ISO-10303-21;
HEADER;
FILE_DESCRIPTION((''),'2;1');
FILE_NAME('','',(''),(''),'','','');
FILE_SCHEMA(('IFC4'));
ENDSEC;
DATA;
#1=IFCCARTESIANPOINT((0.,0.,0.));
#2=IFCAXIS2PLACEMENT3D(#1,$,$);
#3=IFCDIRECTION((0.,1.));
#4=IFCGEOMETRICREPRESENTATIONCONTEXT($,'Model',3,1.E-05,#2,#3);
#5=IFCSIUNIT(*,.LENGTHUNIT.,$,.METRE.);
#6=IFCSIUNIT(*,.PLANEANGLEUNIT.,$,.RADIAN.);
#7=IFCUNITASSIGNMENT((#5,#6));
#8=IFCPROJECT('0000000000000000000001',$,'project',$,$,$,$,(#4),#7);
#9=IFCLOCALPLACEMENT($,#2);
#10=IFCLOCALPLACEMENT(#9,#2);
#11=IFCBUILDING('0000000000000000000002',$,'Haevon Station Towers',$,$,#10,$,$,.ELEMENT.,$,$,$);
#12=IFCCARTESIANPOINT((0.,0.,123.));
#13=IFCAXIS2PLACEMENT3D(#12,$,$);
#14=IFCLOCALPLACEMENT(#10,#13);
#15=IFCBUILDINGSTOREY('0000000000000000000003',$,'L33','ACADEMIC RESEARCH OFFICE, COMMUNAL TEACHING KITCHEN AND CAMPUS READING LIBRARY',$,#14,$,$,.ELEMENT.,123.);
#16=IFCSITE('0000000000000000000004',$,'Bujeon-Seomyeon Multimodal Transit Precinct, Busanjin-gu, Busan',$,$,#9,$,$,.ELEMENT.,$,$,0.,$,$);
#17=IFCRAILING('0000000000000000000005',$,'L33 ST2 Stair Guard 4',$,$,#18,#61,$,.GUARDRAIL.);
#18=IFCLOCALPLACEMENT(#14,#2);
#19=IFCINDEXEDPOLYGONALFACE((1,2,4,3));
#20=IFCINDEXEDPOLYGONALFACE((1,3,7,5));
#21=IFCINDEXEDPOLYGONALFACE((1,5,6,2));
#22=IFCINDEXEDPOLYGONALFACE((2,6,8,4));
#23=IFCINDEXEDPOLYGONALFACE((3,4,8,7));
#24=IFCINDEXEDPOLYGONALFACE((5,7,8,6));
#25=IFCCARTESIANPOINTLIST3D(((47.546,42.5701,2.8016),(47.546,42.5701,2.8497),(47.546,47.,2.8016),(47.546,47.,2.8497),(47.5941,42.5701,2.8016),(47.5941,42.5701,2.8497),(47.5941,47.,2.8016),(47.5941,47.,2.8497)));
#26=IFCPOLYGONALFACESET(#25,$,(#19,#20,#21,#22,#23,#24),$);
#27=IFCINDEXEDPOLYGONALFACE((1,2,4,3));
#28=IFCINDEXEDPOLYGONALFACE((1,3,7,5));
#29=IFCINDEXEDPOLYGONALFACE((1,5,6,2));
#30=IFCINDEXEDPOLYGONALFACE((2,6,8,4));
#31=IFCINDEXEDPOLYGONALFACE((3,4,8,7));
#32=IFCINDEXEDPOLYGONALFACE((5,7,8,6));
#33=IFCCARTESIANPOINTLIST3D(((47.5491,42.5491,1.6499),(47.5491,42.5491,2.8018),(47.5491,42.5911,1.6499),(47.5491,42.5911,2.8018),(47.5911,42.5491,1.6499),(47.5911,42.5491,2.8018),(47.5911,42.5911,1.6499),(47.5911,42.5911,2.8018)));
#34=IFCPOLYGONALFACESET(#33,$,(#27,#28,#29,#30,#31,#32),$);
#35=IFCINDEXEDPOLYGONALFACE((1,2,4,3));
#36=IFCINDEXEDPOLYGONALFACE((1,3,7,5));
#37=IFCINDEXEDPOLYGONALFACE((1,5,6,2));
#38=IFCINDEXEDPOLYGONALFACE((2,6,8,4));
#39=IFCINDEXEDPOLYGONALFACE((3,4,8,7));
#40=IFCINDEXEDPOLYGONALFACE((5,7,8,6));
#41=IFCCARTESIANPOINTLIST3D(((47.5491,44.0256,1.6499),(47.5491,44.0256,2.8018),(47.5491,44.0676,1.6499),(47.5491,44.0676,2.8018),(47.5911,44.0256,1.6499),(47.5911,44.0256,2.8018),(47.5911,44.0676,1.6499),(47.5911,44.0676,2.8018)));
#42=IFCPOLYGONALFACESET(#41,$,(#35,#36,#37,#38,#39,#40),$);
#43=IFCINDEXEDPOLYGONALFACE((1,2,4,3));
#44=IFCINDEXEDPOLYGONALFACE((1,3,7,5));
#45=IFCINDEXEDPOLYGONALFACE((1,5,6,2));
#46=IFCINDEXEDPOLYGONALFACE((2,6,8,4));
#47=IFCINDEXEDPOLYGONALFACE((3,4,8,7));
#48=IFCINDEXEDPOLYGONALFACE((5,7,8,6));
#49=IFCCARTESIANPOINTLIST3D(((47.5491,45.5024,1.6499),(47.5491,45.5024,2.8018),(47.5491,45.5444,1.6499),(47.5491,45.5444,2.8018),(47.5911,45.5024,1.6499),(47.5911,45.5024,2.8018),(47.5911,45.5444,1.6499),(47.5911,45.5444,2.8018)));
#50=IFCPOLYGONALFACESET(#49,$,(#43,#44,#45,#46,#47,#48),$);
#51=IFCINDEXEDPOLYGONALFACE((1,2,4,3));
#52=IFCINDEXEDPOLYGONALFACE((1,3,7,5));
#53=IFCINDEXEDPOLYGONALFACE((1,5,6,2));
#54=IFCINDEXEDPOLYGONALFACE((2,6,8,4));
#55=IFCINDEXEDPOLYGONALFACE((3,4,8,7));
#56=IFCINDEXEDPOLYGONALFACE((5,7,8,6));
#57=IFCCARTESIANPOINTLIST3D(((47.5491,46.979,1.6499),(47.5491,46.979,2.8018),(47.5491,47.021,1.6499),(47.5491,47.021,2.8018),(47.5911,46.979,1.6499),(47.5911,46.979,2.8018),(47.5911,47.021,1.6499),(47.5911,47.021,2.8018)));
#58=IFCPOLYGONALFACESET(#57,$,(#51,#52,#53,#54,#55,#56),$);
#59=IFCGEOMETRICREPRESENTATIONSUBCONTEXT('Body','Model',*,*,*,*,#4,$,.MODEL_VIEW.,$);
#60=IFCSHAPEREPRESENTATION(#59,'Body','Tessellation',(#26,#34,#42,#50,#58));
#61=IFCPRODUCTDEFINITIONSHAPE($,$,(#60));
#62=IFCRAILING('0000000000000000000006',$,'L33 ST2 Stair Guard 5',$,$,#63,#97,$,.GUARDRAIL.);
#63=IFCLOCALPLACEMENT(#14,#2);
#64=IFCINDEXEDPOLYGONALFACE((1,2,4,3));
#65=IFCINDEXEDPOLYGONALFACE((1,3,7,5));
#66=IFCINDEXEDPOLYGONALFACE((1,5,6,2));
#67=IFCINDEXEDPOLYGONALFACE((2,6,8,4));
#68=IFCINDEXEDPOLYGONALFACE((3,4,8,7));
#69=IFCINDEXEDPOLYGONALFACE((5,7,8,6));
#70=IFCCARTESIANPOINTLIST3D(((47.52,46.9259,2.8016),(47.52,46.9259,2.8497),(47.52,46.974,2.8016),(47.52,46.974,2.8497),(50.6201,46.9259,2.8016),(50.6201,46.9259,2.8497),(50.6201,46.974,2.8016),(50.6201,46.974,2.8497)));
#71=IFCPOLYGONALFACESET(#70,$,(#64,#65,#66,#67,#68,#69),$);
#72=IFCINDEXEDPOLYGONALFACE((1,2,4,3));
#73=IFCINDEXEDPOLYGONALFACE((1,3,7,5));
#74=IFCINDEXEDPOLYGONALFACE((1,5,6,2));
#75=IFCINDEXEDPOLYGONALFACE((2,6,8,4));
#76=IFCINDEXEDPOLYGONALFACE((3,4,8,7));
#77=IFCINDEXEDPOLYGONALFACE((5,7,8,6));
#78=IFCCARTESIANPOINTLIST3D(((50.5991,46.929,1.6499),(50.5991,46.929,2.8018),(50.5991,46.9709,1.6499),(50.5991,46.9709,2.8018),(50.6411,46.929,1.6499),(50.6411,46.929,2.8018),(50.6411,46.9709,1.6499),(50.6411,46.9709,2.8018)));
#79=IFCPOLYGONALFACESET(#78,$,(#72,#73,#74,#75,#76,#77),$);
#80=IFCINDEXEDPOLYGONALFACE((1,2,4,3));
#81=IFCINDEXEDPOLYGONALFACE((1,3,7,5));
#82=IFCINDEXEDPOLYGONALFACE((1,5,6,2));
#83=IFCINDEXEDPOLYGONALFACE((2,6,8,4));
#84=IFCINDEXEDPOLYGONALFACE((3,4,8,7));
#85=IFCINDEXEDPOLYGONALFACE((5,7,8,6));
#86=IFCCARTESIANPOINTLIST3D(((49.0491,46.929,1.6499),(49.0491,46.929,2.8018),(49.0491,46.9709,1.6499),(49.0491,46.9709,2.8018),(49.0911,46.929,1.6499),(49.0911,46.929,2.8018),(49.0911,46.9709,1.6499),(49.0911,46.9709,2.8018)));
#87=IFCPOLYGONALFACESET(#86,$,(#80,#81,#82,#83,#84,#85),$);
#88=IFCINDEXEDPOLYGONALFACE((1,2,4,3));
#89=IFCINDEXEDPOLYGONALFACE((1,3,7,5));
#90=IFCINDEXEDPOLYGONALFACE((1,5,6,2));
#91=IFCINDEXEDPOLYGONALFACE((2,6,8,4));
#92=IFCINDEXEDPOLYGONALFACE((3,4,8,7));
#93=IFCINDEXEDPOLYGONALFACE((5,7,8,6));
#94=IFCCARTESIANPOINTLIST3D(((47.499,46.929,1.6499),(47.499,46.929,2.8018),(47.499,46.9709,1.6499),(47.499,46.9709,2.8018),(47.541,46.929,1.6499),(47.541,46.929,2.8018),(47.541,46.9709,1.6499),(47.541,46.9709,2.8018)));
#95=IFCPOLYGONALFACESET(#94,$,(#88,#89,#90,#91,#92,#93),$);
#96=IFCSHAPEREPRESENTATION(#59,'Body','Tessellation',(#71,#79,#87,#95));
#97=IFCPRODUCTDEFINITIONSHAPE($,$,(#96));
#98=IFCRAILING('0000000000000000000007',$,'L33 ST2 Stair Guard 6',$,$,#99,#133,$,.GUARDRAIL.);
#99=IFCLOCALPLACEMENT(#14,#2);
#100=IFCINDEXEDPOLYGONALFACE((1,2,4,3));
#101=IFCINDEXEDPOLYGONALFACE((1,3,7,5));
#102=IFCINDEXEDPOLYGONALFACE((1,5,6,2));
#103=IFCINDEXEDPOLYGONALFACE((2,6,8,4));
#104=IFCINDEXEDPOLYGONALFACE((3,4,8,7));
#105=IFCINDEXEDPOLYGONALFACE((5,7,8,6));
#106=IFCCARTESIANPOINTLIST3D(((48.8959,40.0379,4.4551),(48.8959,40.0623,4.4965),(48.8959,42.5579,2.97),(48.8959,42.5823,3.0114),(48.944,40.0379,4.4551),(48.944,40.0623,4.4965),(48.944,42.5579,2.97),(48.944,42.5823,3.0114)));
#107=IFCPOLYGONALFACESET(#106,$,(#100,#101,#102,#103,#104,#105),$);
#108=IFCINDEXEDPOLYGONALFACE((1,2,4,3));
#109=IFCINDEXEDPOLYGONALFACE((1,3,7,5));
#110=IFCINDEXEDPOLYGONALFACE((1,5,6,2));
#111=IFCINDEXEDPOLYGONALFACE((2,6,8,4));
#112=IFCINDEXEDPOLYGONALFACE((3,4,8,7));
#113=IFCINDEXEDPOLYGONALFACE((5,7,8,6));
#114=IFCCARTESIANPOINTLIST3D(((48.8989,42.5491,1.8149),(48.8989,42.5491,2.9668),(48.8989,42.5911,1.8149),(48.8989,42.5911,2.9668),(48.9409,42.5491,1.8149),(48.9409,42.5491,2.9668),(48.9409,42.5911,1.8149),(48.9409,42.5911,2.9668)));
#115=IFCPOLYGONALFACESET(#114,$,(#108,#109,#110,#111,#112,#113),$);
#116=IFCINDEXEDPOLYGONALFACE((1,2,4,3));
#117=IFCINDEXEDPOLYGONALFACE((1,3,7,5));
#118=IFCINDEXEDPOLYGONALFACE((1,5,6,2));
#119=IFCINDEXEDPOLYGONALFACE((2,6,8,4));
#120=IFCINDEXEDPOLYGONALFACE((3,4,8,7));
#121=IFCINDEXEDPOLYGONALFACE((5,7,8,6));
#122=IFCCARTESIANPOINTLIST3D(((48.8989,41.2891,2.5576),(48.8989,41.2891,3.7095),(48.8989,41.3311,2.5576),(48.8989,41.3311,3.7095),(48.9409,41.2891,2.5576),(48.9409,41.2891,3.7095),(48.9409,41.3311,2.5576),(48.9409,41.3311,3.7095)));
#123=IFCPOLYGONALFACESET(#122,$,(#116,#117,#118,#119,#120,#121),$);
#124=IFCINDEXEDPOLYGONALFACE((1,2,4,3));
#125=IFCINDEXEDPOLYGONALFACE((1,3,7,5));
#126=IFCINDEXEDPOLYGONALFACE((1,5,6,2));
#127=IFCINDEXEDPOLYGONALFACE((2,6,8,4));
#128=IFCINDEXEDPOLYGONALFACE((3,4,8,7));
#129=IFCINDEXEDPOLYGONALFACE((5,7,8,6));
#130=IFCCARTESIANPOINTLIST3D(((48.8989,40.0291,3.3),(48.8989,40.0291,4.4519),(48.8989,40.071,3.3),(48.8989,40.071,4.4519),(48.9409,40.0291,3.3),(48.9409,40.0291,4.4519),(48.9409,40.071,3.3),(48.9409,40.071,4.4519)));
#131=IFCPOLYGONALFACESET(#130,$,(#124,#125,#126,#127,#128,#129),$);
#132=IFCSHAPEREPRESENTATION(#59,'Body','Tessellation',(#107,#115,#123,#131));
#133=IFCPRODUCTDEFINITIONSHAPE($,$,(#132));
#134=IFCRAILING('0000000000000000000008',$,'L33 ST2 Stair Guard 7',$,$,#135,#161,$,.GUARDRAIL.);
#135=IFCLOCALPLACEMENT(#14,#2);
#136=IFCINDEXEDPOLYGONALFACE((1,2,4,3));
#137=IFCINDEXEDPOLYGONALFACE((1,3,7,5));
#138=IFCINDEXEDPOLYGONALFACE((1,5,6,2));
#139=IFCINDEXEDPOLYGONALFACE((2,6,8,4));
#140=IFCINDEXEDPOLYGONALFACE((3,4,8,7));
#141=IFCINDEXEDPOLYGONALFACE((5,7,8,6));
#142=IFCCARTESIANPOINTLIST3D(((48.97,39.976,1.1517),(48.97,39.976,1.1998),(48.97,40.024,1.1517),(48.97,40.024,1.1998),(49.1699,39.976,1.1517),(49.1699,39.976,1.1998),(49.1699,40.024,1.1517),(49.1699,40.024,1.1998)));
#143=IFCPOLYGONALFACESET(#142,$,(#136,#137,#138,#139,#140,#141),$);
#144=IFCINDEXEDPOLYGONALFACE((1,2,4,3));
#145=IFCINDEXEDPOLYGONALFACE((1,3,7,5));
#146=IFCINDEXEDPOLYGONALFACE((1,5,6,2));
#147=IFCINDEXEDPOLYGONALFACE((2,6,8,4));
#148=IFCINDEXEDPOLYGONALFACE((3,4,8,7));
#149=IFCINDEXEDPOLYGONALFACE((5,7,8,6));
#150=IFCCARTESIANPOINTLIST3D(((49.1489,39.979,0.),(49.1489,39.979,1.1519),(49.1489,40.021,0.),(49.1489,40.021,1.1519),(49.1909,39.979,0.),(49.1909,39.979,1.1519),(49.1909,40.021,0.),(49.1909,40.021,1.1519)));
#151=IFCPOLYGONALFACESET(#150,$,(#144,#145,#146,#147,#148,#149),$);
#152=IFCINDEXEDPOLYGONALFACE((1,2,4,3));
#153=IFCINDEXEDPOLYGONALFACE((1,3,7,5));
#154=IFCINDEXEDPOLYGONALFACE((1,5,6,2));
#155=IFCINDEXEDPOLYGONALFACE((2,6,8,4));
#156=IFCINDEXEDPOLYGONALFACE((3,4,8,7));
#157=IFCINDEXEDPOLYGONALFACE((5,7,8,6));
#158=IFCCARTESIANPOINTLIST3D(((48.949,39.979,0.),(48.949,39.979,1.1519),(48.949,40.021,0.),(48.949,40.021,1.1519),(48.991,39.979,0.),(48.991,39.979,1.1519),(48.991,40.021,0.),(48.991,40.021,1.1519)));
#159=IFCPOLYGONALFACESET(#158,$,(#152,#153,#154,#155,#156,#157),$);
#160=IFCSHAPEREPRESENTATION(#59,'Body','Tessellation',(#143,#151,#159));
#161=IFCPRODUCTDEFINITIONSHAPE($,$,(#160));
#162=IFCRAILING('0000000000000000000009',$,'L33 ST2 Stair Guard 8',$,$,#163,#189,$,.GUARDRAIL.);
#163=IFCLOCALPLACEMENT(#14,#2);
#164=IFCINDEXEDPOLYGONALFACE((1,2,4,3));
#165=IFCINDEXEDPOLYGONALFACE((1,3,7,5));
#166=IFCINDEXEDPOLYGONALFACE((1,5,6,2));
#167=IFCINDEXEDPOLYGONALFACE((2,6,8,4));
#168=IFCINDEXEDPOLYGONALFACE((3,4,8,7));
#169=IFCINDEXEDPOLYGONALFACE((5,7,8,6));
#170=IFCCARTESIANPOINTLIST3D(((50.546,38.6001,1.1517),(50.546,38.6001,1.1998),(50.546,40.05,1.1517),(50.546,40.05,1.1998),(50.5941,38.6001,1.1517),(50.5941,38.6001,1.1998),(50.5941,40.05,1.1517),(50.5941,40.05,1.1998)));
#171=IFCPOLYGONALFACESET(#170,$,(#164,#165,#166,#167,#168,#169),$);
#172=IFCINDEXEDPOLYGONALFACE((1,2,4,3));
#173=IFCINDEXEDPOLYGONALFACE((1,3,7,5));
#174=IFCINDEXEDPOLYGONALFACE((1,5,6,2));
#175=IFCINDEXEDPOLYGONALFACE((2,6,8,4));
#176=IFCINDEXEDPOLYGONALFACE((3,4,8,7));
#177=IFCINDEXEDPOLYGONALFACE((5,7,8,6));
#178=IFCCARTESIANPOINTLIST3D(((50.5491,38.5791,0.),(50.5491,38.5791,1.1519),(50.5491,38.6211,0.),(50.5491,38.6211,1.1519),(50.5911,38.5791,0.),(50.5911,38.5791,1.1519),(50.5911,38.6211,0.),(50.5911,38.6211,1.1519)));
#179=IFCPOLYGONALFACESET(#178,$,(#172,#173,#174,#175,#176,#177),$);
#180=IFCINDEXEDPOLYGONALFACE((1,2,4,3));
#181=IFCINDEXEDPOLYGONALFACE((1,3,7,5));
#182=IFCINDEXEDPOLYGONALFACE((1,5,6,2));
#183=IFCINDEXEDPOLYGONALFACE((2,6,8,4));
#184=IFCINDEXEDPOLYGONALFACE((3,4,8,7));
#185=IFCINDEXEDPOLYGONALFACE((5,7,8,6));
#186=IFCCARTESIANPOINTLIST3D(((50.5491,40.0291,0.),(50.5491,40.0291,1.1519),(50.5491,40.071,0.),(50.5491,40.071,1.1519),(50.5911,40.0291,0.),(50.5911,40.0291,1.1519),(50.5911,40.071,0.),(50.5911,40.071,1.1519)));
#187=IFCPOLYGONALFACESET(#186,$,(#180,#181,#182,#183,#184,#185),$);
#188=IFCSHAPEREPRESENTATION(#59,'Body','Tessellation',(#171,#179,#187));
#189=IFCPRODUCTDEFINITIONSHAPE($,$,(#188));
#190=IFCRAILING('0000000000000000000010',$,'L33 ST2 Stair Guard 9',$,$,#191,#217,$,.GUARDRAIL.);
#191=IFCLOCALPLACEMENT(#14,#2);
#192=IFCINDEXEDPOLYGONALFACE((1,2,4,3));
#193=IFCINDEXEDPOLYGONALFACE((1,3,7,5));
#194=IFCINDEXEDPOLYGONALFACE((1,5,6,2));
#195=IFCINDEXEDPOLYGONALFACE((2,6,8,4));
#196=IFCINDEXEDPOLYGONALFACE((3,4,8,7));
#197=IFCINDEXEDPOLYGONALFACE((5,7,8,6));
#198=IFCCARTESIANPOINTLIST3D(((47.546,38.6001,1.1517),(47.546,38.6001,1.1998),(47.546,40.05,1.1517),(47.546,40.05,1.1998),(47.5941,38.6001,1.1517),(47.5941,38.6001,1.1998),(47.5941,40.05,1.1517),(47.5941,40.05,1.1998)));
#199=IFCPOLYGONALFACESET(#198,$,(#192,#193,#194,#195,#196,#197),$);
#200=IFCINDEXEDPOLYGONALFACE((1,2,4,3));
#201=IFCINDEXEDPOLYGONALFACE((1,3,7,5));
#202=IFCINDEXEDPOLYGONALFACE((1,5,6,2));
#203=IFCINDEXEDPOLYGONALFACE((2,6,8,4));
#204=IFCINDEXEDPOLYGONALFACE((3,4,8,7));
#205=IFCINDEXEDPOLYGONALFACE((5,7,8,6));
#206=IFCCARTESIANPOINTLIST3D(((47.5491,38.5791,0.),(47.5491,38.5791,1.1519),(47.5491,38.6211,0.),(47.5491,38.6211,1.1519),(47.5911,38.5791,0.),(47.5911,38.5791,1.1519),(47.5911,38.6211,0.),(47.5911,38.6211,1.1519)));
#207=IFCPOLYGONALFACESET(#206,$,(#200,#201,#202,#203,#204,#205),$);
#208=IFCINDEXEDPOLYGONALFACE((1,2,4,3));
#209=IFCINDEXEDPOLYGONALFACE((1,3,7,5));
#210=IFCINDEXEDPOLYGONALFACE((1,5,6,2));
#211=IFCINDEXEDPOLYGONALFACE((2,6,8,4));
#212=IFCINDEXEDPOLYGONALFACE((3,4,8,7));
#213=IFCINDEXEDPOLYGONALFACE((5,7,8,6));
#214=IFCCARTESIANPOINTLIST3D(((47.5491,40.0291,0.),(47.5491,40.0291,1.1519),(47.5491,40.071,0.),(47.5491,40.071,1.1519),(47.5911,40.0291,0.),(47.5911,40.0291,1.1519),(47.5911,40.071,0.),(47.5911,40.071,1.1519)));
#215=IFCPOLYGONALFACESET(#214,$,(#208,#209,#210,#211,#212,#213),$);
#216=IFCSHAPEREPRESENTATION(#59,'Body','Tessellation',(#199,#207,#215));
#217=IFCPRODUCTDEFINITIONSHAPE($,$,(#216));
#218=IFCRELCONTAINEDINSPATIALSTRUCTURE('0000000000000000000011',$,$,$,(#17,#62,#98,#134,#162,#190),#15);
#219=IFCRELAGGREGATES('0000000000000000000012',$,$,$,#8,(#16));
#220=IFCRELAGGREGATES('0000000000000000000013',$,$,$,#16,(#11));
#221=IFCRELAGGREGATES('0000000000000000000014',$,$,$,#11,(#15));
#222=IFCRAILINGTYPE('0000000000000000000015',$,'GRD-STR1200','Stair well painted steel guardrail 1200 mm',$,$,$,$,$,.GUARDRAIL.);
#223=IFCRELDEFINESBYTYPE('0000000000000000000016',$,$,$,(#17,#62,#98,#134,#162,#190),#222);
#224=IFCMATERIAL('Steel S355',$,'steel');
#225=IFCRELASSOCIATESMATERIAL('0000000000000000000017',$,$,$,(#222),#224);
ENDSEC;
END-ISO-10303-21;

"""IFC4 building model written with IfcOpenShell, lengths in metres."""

from ifc_helpers import new_model, si_unit, direction, frame, origin, origin_2d, place, context, subcontext, project, spatial, rectangle, extrude, material, type_object, element, save


model = new_model("IFC4")

# Units and contexts
model_context = context("Model", 3, precision=1e-05, world=origin(), true_north=direction((0.0, 1.0)))
body_context = subcontext(model_context, "Body", "Model", "MODEL_VIEW")
ifc_project = project(units=[si_unit("LENGTHUNIT", "METRE"), si_unit("PLANEANGLEUNIT", "RADIAN")], contexts=[model_context])

# Site, building, storey
site_placement = place(None, origin())
site = spatial("IfcSite", under=ifc_project, at=site_placement, Name="Bujeon-Seomyeon Multimodal Transit Precinct, Busanjin-gu, Busan", CompositionType="ELEMENT", RefElevation=0.0)
building_placement = place(site_placement, origin())
building = spatial("IfcBuilding", under=site, at=building_placement, Name="Haevon Station Towers", CompositionType="ELEMENT")
storey_placement = place(building_placement, frame((0.0, 0.0, 123.0)))
storey = spatial("IfcBuildingStorey", under=building, at=storey_placement, Name="L33", Description="ACADEMIC RESEARCH OFFICE, COMMUNAL TEACHING KITCHEN AND CAMPUS READING LIBRARY", CompositionType="ELEMENT", Elevation=123.0)

# Shared definitions
ifc_material_1 = material(Name="Steel S355", Category="steel")

# Railings
railing_type_1 = type_object("IfcRailingType", Name="GRD-STR1200", Description="Stair well painted steel guardrail 1200 mm", PredefinedType="GUARDRAIL", material=ifc_material_1)
for number, where, name in (
    (1, (47.5701, 42.5701, 1.6499), "L33 ST2 Stair Guard 4"),
):
    element("IfcRailing", number, at=place(storey_placement, frame(where)), inside=storey, type_object=railing_type_1, Name=name, PredefinedType="GUARDRAIL", context=body_context, shape_type="SweptSolid", body=[
        extrude(rectangle(XDim=0.0481, YDim=0.0481, at=origin_2d()), frame((0.0, 0.0, 1.1758), z_axis=(0.0, 1.0, 0.0), x_axis=(-1.0, 0.0, 0.0)), (0.0, 0.0, 1.0), 4.4299),
        extrude(rectangle(XDim=0.042, YDim=0.042, at=origin_2d()), origin(), (0.0, 0.0, 1.0), 1.1519),
        extrude(rectangle(XDim=0.042, YDim=0.042, at=origin_2d()), frame((0.0, 1.4766, 0.0)), (0.0, 0.0, 1.0), 1.1519),
        extrude(rectangle(XDim=0.042, YDim=0.042, at=origin_2d()), frame((0.0, 2.9534, 0.0)), (0.0, 0.0, 1.0), 1.1519),
        extrude(rectangle(XDim=0.042, YDim=0.042, at=origin_2d()), frame((0.0, 4.4299, 0.0)), (0.0, 0.0, 1.0), 1.1519),
    ])
railing_1_placement = place(storey_placement, frame((50.6201, 46.95, 1.6499)))
element("IfcRailing", 2, at=railing_1_placement, inside=storey, type_object=railing_type_1, Name="L33 ST2 Stair Guard 5", PredefinedType="GUARDRAIL", context=body_context, shape_type="SweptSolid", body=[
    extrude(rectangle(XDim=0.0481, YDim=0.0481, at=origin_2d()), frame((0.0, 0.0, 1.1758), z_axis=(-1.0, 0.0, 0.0), x_axis=(0.0, -1.0, 0.0)), (0.0, 0.0, 1.0), 3.1001),
    extrude(rectangle(XDim=0.042, YDim=0.042, at=origin_2d()), origin(), (0.0, 0.0, 1.0), 1.1519),
    extrude(rectangle(XDim=0.042, YDim=0.042, at=origin_2d()), frame((-1.55, 0.0, 0.0)), (0.0, 0.0, 1.0), 1.1519),
    extrude(rectangle(XDim=0.042, YDim=0.042, at=origin_2d()), frame((-3.1001, 0.0, 0.0)), (0.0, 0.0, 1.0), 1.1519),
])
railing_2_placement = place(storey_placement, frame((48.9199, 42.5701, 1.8149)))
element("IfcRailing", 3, at=railing_2_placement, inside=storey, type_object=railing_type_1, Name="L33 ST2 Stair Guard 6", PredefinedType="GUARDRAIL", context=body_context, shape_type="SweptSolid", body=[
    extrude(rectangle(XDim=0.0481, YDim=0.0481, at=origin_2d()), frame((0.0, 0.0, 1.1758), z_axis=(0.0, -0.861524, 0.507717), x_axis=(1.0, 0.0, 0.0)), (0.0, 0.0, 1.0), 2.925),
    extrude(rectangle(XDim=0.042, YDim=0.042, at=origin_2d()), origin(), (0.0, 0.0, 1.0), 1.1519),
    extrude(rectangle(XDim=0.042, YDim=0.042, at=origin_2d()), frame((0.0, -1.26, 0.7427)), (0.0, 0.0, 1.0), 1.1519),
    extrude(rectangle(XDim=0.042, YDim=0.042, at=origin_2d()), frame((0.0, -2.52, 1.4851)), (0.0, 0.0, 1.0), 1.1519),
])
railing_3_placement = place(storey_placement, frame((49.1699, 40.0, 0.0)))
element("IfcRailing", 4, at=railing_3_placement, inside=storey, type_object=railing_type_1, Name="L33 ST2 Stair Guard 7", PredefinedType="GUARDRAIL", context=body_context, shape_type="SweptSolid", body=[
    extrude(rectangle(XDim=0.0481, YDim=0.0481, at=origin_2d()), frame((0.0, 0.0, 1.1758), z_axis=(-1.0, 0.0, 0.0), x_axis=(0.0, -1.0, 0.0)), (0.0, 0.0, 1.0), 0.2),
    extrude(rectangle(XDim=0.042, YDim=0.042, at=origin_2d()), origin(), (0.0, 0.0, 1.0), 1.1519),
    extrude(rectangle(XDim=0.042, YDim=0.042, at=origin_2d()), frame((-0.2, 0.0, 0.0)), (0.0, 0.0, 1.0), 1.1519),
])
for number, where, name in (
    (5, (50.5701, 38.6001, 0.0), "L33 ST2 Stair Guard 8"),
    (6, (47.5701, 38.6001, 0.0), "L33 ST2 Stair Guard 9"),
):
    element("IfcRailing", number, at=place(storey_placement, frame(where)), inside=storey, type_object=railing_type_1, Name=name, PredefinedType="GUARDRAIL", context=body_context, shape_type="SweptSolid", body=[
        extrude(rectangle(XDim=0.0481, YDim=0.0481, at=origin_2d()), frame((0.0, 0.0, 1.1758), z_axis=(0.0, 1.0, 0.0), x_axis=(-1.0, 0.0, 0.0)), (0.0, 0.0, 1.0), 1.45),
        extrude(rectangle(XDim=0.042, YDim=0.042, at=origin_2d()), origin(), (0.0, 0.0, 1.0), 1.1519),
        extrude(rectangle(XDim=0.042, YDim=0.042, at=origin_2d()), frame((0.0, 1.45, 0.0)), (0.0, 0.0, 1.0), 1.1519),
    ])

save(model, "model.ifc")
